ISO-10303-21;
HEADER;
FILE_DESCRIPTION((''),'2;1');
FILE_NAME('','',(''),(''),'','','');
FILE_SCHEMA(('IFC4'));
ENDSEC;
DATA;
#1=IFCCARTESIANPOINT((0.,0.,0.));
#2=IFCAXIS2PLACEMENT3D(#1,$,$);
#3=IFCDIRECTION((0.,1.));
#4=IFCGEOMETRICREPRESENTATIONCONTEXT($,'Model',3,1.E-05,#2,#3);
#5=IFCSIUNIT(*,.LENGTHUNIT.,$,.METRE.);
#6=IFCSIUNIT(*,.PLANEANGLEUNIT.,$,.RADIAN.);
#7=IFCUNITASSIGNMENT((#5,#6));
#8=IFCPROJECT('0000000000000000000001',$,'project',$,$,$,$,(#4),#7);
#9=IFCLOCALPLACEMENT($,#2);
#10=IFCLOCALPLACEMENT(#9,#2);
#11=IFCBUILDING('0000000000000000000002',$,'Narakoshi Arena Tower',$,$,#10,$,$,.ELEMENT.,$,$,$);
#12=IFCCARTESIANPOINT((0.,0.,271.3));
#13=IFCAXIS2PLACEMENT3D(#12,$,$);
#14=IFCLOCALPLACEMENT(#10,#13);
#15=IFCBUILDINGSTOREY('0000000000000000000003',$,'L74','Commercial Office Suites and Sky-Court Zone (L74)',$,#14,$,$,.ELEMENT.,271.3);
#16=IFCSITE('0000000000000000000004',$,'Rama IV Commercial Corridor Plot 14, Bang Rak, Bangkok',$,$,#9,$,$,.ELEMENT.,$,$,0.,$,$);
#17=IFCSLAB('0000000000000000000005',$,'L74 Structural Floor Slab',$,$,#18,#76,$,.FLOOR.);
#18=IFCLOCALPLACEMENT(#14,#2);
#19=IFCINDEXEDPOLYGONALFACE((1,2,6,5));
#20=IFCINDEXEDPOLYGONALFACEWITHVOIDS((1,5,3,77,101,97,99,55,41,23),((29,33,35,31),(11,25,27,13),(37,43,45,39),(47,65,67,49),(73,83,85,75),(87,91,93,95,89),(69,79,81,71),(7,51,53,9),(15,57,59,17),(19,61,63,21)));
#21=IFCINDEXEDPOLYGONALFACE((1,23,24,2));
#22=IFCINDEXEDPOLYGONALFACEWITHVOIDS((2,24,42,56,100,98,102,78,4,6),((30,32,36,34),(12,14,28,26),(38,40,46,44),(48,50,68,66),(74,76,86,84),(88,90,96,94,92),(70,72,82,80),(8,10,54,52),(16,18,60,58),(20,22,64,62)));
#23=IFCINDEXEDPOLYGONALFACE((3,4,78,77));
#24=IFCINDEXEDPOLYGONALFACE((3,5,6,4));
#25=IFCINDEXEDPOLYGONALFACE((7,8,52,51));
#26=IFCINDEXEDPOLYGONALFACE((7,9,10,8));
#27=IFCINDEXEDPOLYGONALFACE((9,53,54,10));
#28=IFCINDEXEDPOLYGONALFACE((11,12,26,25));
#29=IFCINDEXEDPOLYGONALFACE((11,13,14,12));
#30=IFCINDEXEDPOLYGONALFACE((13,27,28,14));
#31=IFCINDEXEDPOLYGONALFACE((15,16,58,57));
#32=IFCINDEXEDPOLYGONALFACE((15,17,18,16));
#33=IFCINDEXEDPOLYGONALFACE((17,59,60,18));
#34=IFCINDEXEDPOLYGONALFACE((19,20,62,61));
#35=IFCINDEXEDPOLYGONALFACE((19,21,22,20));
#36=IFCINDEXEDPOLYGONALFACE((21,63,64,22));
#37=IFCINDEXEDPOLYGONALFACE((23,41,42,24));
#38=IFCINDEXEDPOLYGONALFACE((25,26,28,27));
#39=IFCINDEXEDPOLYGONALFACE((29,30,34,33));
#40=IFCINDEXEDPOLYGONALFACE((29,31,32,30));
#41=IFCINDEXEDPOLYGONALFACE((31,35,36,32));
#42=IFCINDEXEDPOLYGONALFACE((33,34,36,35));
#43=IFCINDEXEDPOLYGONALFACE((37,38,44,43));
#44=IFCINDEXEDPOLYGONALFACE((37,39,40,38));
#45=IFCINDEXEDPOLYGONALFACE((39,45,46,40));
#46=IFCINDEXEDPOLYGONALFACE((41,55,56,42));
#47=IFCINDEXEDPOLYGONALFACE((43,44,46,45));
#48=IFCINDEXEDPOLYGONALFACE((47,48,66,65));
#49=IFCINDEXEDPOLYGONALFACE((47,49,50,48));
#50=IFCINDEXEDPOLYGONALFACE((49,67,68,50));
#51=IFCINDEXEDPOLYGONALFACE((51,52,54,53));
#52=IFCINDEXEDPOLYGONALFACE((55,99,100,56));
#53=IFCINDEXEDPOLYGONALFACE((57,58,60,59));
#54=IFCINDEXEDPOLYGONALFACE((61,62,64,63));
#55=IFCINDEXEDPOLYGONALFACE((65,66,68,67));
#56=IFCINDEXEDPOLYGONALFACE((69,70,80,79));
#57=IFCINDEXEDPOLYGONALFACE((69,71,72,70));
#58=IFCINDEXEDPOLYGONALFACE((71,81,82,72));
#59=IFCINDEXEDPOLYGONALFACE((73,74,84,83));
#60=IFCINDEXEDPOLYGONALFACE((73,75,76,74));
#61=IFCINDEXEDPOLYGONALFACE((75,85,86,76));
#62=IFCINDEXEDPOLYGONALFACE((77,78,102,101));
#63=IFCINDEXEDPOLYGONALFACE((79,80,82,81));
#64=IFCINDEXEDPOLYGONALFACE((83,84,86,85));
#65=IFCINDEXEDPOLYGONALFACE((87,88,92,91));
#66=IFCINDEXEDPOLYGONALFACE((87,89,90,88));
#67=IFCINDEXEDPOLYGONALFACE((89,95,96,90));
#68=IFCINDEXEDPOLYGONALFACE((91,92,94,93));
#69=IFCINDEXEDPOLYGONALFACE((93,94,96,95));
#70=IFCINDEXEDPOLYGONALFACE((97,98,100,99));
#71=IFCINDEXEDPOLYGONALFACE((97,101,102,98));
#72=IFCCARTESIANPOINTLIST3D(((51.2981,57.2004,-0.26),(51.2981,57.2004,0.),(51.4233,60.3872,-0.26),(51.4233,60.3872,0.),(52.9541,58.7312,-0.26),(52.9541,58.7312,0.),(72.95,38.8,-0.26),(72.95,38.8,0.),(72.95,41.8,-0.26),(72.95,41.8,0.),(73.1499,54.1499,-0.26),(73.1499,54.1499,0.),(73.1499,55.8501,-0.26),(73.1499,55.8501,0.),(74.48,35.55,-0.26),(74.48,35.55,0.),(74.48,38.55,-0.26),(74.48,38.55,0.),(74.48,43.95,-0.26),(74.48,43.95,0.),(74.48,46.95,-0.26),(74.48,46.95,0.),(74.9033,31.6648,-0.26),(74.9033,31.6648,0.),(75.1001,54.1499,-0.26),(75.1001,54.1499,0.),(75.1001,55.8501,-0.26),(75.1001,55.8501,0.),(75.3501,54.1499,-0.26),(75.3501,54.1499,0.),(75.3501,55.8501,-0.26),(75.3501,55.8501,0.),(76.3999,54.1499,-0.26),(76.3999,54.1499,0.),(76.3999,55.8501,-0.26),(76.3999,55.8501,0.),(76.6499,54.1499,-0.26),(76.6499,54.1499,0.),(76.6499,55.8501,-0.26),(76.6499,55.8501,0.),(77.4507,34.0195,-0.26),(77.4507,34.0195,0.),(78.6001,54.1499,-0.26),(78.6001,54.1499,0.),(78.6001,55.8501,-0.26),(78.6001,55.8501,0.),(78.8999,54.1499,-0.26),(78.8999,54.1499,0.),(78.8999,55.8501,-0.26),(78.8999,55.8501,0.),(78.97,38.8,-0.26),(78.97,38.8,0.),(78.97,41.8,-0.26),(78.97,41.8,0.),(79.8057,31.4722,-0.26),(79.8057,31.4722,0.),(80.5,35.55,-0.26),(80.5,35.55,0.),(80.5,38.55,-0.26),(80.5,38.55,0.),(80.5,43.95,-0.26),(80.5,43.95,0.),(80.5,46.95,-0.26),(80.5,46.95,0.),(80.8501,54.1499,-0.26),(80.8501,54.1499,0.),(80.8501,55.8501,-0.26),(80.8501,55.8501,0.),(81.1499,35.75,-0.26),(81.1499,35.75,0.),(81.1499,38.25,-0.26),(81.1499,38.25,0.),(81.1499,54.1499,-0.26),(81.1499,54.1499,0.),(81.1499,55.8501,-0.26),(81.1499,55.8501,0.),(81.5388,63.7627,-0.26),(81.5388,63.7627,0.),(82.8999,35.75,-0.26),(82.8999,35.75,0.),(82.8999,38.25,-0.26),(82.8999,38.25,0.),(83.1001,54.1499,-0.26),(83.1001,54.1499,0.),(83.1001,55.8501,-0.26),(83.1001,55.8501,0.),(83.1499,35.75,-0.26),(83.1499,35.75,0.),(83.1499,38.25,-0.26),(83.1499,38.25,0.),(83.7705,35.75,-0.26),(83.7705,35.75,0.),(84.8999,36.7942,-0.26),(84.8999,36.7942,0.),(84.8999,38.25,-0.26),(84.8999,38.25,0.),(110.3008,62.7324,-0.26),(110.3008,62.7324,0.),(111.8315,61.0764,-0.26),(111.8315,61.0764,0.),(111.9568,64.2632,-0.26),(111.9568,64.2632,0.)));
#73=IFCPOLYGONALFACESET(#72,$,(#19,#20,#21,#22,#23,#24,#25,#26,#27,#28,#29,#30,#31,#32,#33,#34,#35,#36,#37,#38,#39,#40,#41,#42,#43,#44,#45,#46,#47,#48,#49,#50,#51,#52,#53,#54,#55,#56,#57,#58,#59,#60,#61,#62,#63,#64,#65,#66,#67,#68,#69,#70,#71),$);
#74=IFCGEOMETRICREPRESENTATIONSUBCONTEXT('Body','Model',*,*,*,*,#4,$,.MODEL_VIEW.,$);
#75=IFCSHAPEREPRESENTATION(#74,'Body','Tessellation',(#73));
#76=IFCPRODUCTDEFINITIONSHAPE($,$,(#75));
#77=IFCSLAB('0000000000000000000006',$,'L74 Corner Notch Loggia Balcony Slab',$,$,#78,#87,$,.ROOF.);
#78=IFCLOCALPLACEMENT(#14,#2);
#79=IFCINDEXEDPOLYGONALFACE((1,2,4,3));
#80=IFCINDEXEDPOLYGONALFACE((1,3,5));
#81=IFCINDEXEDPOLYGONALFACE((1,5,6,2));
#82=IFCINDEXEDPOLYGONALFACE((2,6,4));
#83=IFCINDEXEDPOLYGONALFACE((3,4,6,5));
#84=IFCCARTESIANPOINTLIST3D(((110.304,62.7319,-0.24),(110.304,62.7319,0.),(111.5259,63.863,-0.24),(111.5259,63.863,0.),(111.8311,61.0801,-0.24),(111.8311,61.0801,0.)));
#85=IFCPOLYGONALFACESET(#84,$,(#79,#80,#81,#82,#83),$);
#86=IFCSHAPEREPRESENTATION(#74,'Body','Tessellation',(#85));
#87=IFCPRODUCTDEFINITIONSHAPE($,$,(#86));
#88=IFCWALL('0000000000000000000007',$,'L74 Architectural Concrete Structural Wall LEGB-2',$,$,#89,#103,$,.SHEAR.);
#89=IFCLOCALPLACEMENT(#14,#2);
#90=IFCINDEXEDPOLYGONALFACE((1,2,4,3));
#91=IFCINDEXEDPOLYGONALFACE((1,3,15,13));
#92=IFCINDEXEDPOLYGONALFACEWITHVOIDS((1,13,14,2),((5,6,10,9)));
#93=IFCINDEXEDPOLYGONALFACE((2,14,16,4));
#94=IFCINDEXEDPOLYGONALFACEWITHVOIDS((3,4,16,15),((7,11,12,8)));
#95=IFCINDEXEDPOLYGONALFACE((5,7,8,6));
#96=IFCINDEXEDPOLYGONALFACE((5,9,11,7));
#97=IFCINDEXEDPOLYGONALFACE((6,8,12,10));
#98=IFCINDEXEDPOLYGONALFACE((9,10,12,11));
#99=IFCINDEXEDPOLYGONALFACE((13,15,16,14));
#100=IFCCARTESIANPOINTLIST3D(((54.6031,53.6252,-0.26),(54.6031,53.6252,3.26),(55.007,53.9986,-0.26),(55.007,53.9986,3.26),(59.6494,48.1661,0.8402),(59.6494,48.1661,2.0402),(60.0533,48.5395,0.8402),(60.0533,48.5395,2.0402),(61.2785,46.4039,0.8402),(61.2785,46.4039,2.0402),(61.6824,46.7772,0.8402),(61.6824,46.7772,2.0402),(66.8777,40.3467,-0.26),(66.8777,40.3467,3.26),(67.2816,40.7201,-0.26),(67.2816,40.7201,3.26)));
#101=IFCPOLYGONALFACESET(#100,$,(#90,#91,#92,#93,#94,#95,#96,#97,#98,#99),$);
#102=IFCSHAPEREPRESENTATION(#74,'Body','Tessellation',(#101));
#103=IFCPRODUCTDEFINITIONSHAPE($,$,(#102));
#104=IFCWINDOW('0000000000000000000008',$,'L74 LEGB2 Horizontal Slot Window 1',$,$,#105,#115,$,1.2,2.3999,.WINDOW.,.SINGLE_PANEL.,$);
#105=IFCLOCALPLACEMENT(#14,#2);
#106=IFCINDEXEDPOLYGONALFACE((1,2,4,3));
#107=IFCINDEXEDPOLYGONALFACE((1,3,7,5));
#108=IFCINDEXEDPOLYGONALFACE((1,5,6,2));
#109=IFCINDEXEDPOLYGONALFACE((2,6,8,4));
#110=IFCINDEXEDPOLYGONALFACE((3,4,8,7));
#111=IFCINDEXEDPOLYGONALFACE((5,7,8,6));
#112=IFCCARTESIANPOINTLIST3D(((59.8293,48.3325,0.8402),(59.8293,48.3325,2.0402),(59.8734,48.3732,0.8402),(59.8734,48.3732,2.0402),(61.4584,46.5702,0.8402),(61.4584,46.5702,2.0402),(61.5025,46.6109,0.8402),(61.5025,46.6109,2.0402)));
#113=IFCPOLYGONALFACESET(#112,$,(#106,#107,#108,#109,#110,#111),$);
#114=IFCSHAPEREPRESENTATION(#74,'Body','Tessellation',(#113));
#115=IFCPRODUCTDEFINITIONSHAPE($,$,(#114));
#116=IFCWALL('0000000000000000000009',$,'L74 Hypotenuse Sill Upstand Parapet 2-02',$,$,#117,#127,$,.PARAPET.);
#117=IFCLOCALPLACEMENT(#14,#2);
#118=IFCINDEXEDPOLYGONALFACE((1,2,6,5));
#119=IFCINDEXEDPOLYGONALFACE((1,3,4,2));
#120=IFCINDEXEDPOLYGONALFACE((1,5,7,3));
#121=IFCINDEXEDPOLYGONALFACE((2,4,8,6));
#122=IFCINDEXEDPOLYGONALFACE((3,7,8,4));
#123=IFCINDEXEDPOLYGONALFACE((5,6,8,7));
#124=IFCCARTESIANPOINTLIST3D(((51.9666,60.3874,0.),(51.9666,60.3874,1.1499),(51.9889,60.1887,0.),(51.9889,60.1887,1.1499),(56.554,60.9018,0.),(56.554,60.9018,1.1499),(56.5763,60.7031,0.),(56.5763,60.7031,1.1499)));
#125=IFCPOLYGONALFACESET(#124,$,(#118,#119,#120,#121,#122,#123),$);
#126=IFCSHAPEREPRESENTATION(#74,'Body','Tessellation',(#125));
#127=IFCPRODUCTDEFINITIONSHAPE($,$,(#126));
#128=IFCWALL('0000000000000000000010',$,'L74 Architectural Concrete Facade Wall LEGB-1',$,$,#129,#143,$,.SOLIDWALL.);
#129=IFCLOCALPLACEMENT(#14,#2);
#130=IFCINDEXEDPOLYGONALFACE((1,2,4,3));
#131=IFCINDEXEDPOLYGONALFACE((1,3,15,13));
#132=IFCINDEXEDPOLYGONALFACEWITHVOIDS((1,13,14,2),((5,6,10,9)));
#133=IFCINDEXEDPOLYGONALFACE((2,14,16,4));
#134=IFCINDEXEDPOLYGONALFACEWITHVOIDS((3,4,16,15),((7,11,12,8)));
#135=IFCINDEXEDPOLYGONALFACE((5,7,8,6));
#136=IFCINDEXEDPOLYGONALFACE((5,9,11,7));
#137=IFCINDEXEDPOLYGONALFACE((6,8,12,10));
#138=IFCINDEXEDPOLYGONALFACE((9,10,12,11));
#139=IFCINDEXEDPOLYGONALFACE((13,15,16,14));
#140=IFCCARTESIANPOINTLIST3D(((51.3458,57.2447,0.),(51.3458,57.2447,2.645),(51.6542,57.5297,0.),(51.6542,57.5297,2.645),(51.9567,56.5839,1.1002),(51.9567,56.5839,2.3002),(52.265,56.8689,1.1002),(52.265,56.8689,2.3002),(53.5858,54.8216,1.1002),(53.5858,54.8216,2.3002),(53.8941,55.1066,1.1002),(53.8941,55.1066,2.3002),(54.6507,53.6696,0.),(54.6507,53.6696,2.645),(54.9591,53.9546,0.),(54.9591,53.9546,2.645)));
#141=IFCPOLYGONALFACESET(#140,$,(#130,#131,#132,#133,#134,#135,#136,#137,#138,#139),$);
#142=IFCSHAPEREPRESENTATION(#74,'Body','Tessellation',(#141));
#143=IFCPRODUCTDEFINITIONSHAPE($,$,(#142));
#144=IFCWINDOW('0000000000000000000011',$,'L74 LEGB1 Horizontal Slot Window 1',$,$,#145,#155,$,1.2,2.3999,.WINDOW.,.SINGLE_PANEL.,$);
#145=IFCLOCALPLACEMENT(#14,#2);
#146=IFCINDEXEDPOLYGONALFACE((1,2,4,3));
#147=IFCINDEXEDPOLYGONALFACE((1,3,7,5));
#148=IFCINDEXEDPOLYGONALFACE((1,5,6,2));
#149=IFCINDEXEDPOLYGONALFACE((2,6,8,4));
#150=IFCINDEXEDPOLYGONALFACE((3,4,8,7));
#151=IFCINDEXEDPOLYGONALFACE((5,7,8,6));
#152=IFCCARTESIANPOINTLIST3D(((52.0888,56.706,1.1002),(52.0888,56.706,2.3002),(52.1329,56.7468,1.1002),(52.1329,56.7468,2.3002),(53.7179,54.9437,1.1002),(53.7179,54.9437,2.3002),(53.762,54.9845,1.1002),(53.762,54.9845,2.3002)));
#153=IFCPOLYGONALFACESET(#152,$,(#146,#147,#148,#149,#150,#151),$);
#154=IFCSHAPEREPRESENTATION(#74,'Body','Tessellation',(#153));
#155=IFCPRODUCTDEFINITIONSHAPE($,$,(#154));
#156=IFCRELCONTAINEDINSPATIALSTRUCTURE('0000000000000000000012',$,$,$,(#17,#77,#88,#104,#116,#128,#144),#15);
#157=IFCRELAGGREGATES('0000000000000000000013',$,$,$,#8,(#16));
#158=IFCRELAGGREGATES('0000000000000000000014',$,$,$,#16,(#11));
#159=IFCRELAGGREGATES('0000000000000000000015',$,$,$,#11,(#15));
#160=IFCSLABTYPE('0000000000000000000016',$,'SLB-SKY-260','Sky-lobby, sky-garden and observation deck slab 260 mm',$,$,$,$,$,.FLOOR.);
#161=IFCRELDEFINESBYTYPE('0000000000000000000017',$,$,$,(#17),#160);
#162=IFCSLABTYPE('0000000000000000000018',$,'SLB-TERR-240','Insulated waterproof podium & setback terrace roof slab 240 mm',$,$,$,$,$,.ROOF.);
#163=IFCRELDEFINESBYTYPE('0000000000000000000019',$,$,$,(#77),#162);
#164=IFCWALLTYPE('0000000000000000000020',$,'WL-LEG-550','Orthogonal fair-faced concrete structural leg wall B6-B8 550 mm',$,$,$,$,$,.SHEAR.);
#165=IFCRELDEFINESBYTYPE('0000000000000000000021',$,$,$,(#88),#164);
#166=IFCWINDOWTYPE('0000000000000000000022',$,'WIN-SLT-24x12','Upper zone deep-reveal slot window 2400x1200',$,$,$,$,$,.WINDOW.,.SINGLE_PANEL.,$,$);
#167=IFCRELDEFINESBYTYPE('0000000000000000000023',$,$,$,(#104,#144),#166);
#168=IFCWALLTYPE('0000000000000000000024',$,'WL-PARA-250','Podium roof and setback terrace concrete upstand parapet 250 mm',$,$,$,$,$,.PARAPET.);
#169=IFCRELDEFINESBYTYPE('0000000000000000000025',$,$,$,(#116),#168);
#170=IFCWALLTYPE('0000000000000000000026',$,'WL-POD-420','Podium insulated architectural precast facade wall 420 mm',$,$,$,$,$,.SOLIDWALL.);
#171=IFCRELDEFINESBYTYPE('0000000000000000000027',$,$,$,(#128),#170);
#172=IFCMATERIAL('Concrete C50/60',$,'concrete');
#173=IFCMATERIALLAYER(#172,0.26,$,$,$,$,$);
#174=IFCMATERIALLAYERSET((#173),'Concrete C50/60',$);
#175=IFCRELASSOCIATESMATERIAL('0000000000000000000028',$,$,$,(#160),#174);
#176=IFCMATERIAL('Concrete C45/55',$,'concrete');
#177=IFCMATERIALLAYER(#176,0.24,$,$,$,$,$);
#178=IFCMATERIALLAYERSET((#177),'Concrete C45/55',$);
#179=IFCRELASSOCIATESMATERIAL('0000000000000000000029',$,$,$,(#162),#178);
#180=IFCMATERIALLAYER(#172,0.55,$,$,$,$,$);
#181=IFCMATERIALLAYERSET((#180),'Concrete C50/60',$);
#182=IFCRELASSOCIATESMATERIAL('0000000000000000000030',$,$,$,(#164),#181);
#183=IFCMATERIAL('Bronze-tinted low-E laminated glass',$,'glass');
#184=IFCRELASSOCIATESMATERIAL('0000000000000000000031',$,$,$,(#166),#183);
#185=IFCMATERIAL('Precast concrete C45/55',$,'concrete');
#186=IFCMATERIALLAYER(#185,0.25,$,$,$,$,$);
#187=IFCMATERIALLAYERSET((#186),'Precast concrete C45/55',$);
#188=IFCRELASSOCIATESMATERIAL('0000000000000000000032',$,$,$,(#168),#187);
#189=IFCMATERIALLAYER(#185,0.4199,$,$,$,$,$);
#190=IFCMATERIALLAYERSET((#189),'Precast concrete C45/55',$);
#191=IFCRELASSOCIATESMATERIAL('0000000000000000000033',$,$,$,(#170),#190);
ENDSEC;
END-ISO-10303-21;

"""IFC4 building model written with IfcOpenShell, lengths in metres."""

from ifc_helpers import new_model, si_unit, direction, frame, frame_2d, origin, place, context, subcontext, project, spatial, polyline, rectangle, outline, extrude, material, layer, layer_set, type_object, element, fill, save


model = new_model("IFC4")

# Units and contexts
model_context = context("Model", 3, precision=1e-05, world=origin(), true_north=direction((0.0, 1.0)))
body_context = subcontext(model_context, "Body", "Model", "MODEL_VIEW")
ifc_project = project(units=[si_unit("LENGTHUNIT", "METRE"), si_unit("PLANEANGLEUNIT", "RADIAN")], contexts=[model_context])

# Site, building, storey
site_placement = place(None, origin())
site = spatial("IfcSite", under=ifc_project, at=site_placement, Name="Rama IV Commercial Corridor Plot 14, Bang Rak, Bangkok", CompositionType="ELEMENT", RefElevation=0.0)
building_placement = place(site_placement, origin())
building = spatial("IfcBuilding", under=site, at=building_placement, Name="Narakoshi Arena Tower", CompositionType="ELEMENT")
storey_placement = place(building_placement, frame((0.0, 0.0, 271.3)))
storey = spatial("IfcBuildingStorey", under=building, at=storey_placement, Name="L74", Description="Commercial Office Suites and Sky-Court Zone (L74)", CompositionType="ELEMENT", Elevation=271.3)

# Shared definitions
ifc_material_1 = material(Name="Concrete C50/60", Category="concrete")

# Shared definitions
ifc_material_2 = material(Name="Bronze-tinted low-E laminated glass", Category="glass")

# Shared definitions
ifc_material_3 = material(Name="Concrete C45/55", Category="concrete")

# Slabs
ifc_layer_1 = layer(ifc_material_1, 0.26)
ifc_layer_set_1 = layer_set([ifc_layer_1], Name="Concrete C50/60")
slab_type_1 = type_object("IfcSlabType", Name="SLB-SKY-260", Description="Sky-lobby, sky-garden and observation deck slab 260 mm", PredefinedType="FLOOR", material=ifc_layer_set_1)
slab_1_placement = place(storey_placement, frame((0.0, 0.0, -0.26)))
element("IfcSlab", 1, at=slab_1_placement, inside=storey, type_object=slab_type_1, Name="L74 Structural Floor Slab", PredefinedType="FLOOR", context=body_context, shape_type="SweptSolid", body=[
    extrude(outline(polyline([(79.8057, 31.4722), (111.8315, 61.0764), (110.3008, 62.7324), (111.9568, 64.2632), (81.5388, 63.7627), (51.4233, 60.3872), (52.9541, 58.7312), (51.2981, 57.2004), (74.9033, 31.6648), (77.4507, 34.0195), (79.8057, 31.4722)]), holes=[polyline([(80.5, 35.55), (74.48, 35.55), (74.48, 38.55), (80.5, 38.55), (80.5, 35.55)]), polyline([(82.8999, 35.75), (81.1499, 35.75), (81.1499, 38.25), (82.8999, 38.25), (82.8999, 35.75)]), polyline([(84.8999, 36.7942), (83.7705, 35.75), (83.1499, 35.75), (83.1499, 38.25), (84.8999, 38.25), (84.8999, 36.7942)]), polyline([(72.95, 38.8), (72.95, 41.8), (78.97, 41.8), (78.97, 38.8), (72.95, 38.8)]), polyline([(74.48, 43.95), (74.48, 46.95), (80.5, 46.95), (80.5, 43.95), (74.48, 43.95)]), polyline([(75.1001, 54.1499), (73.1499, 54.1499), (73.1499, 55.8501), (75.1001, 55.8501), (75.1001, 54.1499)]), polyline([(76.3999, 54.1499), (75.3501, 54.1499), (75.3501, 55.8501), (76.3999, 55.8501), (76.3999, 54.1499)]), polyline([(78.6001, 54.1499), (76.6499, 54.1499), (76.6499, 55.8501), (78.6001, 55.8501), (78.6001, 54.1499)]), polyline([(78.8999, 54.1499), (78.8999, 55.8501), (80.8501, 55.8501), (80.8501, 54.1499), (78.8999, 54.1499)]), polyline([(81.1499, 54.1499), (81.1499, 55.8501), (83.1001, 55.8501), (83.1001, 54.1499), (81.1499, 54.1499)])]), origin(), (0.0, 0.0, 1.0), 0.26),
])
ifc_layer_2 = layer(ifc_material_3, 0.24)
ifc_layer_set_2 = layer_set([ifc_layer_2], Name="Concrete C45/55")
slab_type_2 = type_object("IfcSlabType", Name="SLB-TERR-240", Description="Insulated waterproof podium & setback terrace roof slab 240 mm", PredefinedType="ROOF", material=ifc_layer_set_2)
slab_2_placement = place(storey_placement, frame((0.0, 0.0, -0.24)))
element("IfcSlab", 2, at=slab_2_placement, inside=storey, type_object=slab_type_2, Name="L74 Corner Notch Loggia Balcony Slab", PredefinedType="ROOF", context=body_context, shape_type="SweptSolid", body=[
    extrude(outline(polyline([(111.5259, 63.863), (110.304, 62.7319), (111.8311, 61.0801), (111.5259, 63.863)])), origin(), (0.0, 0.0, 1.0), 0.24),
])

# Wall, opening, window
ifc_layer_3 = layer(ifc_material_1, 0.55)
ifc_layer_set_3 = layer_set([ifc_layer_3], Name="Concrete C50/60")
wall_type_1 = type_object("IfcWallType", Name="WL-LEG-550", Description="Orthogonal fair-faced concrete structural leg wall B6-B8 550 mm", PredefinedType="SHEAR", material=ifc_layer_set_3)
wall_1_placement = place(storey_placement, frame((54.8049, 53.812, -0.26), z_axis=(0.0, 0.0, 1.0), x_axis=(0.678803, -0.73432, 0.0)))
wall_1 = element("IfcWall", 3, at=wall_1_placement, inside=storey, type_object=wall_type_1, Name="L74 Architectural Concrete Structural Wall LEGB-2", PredefinedType="SHEAR", context=body_context, shape_type="SweptSolid", body=[
    extrude(rectangle(XDim=18.0828, YDim=0.55, at=frame_2d((9.0415, 0.0))), origin(), (0.0, 0.0, 1.0), 3.52),
])
opening_1_placement = place(wall_1_placement, frame((7.4343, 0.0, 1.1001)))
opening_1 = element("IfcOpeningElement", 4, at=opening_1_placement, cuts=wall_1, PredefinedType="OPENING", context=body_context, shape_type="SweptSolid", body=[
    extrude(rectangle(XDim=2.3999, YDim=1.2, at=frame_2d((1.2, 0.6001))), frame((0.0, 0.2849, 0.0), z_axis=(0.0, -1.0, 0.0), x_axis=(1.0, 0.0, 0.0)), (0.0, 0.0, 1.0), 0.5701),
])
window_type_1 = type_object("IfcWindowType", Name="WIN-SLT-24x12", Description="Upper zone deep-reveal slot window 2400x1200", PartitioningType="SINGLE_PANEL", PredefinedType="WINDOW", material=ifc_material_2)
window_1_placement = place(opening_1_placement, origin())
window_1 = element("IfcWindow", 5, at=window_1_placement, inside=storey, type_object=window_type_1, Name="L74 LEGB2 Horizontal Slot Window 1", OverallHeight=1.2, OverallWidth=2.3999, PartitioningType="SINGLE_PANEL", PredefinedType="WINDOW", context=body_context, shape_type="SweptSolid", body=[
    extrude(rectangle(XDim=2.3999, YDim=1.2, at=frame_2d((1.2, 0.6001))), frame((0.0, 0.03, 0.0), z_axis=(0.0, -1.0, 0.0), x_axis=(1.0, 0.0, 0.0)), (0.0, 0.0, 1.0), 0.0601),
])
fill(opening_1, window_1)

# Wall
ifc_material_4 = material(Name="Precast concrete C45/55", Category="concrete")
ifc_layer_4 = layer(ifc_material_4, 0.25)
ifc_layer_set_4 = layer_set([ifc_layer_4], Name="Precast concrete C45/55")
wall_type_2 = type_object("IfcWallType", Name="WL-PARA-250", Description="Podium roof and setback terrace concrete upstand parapet 250 mm", PredefinedType="PARAPET", material=ifc_layer_set_4)
wall_2_placement = place(storey_placement, frame((56.5652, 60.8025, 0.0), z_axis=(0.0, 0.0, 1.0), x_axis=(-0.993772, -0.111436, 0.0)))
element("IfcWall", 6, at=wall_2_placement, inside=storey, type_object=wall_type_2, Name="L74 Hypotenuse Sill Upstand Parapet 2-02", PredefinedType="PARAPET", context=body_context, shape_type="SweptSolid", body=[
    extrude(rectangle(XDim=4.6162, YDim=0.2, at=frame_2d((2.3081, 0.0))), origin(), (0.0, 0.0, 1.0), 1.1499),
])

# Wall, opening, window
ifc_layer_5 = layer(ifc_material_4, 0.4199)
ifc_layer_set_5 = layer_set([ifc_layer_5], Name="Precast concrete C45/55")
wall_type_3 = type_object("IfcWallType", Name="WL-POD-420", Description="Podium insulated architectural precast facade wall 420 mm", PredefinedType="SOLIDWALL", material=ifc_layer_set_5)
wall_3_placement = place(storey_placement, frame((51.5, 57.3872, 0.0), z_axis=(0.0, 0.0, 1.0), x_axis=(0.678807, -0.734317, 0.0)))
wall_3 = element("IfcWall", 7, at=wall_3_placement, inside=storey, type_object=wall_type_3, Name="L74 Architectural Concrete Facade Wall LEGB-1", PredefinedType="SOLIDWALL", context=body_context, shape_type="SweptSolid", body=[
    extrude(rectangle(XDim=4.8687, YDim=0.4199, at=frame_2d((2.4343, 0.0))), origin(), (0.0, 0.0, 1.0), 2.645),
])
opening_2_placement = place(wall_3_placement, frame((0.8999, 0.0, 1.1001)))
opening_2 = element("IfcOpeningElement", 8, at=opening_2_placement, cuts=wall_3, PredefinedType="OPENING", context=body_context, shape_type="SweptSolid", body=[
    extrude(rectangle(XDim=2.3999, YDim=1.2, at=frame_2d((1.2, 0.6001))), frame((0.0, 0.22, 0.0), z_axis=(0.0, -1.0, 0.0), x_axis=(1.0, 0.0, 0.0)), (0.0, 0.0, 1.0), 0.4399),
])
window_2_placement = place(opening_2_placement, origin())
window_2 = element("IfcWindow", 9, at=window_2_placement, inside=storey, type_object=window_type_1, Name="L74 LEGB1 Horizontal Slot Window 1", OverallHeight=1.2, OverallWidth=2.3999, PartitioningType="SINGLE_PANEL", PredefinedType="WINDOW", context=body_context, shape_type="SweptSolid", body=[
    extrude(rectangle(XDim=2.3999, YDim=1.2, at=frame_2d((1.2, 0.6001))), frame((0.0, 0.03, 0.0), z_axis=(0.0, -1.0, 0.0), x_axis=(1.0, 0.0, 0.0)), (0.0, 0.0, 1.0), 0.0601),
])
fill(opening_2, window_2)

save(model, "model.ifc")
